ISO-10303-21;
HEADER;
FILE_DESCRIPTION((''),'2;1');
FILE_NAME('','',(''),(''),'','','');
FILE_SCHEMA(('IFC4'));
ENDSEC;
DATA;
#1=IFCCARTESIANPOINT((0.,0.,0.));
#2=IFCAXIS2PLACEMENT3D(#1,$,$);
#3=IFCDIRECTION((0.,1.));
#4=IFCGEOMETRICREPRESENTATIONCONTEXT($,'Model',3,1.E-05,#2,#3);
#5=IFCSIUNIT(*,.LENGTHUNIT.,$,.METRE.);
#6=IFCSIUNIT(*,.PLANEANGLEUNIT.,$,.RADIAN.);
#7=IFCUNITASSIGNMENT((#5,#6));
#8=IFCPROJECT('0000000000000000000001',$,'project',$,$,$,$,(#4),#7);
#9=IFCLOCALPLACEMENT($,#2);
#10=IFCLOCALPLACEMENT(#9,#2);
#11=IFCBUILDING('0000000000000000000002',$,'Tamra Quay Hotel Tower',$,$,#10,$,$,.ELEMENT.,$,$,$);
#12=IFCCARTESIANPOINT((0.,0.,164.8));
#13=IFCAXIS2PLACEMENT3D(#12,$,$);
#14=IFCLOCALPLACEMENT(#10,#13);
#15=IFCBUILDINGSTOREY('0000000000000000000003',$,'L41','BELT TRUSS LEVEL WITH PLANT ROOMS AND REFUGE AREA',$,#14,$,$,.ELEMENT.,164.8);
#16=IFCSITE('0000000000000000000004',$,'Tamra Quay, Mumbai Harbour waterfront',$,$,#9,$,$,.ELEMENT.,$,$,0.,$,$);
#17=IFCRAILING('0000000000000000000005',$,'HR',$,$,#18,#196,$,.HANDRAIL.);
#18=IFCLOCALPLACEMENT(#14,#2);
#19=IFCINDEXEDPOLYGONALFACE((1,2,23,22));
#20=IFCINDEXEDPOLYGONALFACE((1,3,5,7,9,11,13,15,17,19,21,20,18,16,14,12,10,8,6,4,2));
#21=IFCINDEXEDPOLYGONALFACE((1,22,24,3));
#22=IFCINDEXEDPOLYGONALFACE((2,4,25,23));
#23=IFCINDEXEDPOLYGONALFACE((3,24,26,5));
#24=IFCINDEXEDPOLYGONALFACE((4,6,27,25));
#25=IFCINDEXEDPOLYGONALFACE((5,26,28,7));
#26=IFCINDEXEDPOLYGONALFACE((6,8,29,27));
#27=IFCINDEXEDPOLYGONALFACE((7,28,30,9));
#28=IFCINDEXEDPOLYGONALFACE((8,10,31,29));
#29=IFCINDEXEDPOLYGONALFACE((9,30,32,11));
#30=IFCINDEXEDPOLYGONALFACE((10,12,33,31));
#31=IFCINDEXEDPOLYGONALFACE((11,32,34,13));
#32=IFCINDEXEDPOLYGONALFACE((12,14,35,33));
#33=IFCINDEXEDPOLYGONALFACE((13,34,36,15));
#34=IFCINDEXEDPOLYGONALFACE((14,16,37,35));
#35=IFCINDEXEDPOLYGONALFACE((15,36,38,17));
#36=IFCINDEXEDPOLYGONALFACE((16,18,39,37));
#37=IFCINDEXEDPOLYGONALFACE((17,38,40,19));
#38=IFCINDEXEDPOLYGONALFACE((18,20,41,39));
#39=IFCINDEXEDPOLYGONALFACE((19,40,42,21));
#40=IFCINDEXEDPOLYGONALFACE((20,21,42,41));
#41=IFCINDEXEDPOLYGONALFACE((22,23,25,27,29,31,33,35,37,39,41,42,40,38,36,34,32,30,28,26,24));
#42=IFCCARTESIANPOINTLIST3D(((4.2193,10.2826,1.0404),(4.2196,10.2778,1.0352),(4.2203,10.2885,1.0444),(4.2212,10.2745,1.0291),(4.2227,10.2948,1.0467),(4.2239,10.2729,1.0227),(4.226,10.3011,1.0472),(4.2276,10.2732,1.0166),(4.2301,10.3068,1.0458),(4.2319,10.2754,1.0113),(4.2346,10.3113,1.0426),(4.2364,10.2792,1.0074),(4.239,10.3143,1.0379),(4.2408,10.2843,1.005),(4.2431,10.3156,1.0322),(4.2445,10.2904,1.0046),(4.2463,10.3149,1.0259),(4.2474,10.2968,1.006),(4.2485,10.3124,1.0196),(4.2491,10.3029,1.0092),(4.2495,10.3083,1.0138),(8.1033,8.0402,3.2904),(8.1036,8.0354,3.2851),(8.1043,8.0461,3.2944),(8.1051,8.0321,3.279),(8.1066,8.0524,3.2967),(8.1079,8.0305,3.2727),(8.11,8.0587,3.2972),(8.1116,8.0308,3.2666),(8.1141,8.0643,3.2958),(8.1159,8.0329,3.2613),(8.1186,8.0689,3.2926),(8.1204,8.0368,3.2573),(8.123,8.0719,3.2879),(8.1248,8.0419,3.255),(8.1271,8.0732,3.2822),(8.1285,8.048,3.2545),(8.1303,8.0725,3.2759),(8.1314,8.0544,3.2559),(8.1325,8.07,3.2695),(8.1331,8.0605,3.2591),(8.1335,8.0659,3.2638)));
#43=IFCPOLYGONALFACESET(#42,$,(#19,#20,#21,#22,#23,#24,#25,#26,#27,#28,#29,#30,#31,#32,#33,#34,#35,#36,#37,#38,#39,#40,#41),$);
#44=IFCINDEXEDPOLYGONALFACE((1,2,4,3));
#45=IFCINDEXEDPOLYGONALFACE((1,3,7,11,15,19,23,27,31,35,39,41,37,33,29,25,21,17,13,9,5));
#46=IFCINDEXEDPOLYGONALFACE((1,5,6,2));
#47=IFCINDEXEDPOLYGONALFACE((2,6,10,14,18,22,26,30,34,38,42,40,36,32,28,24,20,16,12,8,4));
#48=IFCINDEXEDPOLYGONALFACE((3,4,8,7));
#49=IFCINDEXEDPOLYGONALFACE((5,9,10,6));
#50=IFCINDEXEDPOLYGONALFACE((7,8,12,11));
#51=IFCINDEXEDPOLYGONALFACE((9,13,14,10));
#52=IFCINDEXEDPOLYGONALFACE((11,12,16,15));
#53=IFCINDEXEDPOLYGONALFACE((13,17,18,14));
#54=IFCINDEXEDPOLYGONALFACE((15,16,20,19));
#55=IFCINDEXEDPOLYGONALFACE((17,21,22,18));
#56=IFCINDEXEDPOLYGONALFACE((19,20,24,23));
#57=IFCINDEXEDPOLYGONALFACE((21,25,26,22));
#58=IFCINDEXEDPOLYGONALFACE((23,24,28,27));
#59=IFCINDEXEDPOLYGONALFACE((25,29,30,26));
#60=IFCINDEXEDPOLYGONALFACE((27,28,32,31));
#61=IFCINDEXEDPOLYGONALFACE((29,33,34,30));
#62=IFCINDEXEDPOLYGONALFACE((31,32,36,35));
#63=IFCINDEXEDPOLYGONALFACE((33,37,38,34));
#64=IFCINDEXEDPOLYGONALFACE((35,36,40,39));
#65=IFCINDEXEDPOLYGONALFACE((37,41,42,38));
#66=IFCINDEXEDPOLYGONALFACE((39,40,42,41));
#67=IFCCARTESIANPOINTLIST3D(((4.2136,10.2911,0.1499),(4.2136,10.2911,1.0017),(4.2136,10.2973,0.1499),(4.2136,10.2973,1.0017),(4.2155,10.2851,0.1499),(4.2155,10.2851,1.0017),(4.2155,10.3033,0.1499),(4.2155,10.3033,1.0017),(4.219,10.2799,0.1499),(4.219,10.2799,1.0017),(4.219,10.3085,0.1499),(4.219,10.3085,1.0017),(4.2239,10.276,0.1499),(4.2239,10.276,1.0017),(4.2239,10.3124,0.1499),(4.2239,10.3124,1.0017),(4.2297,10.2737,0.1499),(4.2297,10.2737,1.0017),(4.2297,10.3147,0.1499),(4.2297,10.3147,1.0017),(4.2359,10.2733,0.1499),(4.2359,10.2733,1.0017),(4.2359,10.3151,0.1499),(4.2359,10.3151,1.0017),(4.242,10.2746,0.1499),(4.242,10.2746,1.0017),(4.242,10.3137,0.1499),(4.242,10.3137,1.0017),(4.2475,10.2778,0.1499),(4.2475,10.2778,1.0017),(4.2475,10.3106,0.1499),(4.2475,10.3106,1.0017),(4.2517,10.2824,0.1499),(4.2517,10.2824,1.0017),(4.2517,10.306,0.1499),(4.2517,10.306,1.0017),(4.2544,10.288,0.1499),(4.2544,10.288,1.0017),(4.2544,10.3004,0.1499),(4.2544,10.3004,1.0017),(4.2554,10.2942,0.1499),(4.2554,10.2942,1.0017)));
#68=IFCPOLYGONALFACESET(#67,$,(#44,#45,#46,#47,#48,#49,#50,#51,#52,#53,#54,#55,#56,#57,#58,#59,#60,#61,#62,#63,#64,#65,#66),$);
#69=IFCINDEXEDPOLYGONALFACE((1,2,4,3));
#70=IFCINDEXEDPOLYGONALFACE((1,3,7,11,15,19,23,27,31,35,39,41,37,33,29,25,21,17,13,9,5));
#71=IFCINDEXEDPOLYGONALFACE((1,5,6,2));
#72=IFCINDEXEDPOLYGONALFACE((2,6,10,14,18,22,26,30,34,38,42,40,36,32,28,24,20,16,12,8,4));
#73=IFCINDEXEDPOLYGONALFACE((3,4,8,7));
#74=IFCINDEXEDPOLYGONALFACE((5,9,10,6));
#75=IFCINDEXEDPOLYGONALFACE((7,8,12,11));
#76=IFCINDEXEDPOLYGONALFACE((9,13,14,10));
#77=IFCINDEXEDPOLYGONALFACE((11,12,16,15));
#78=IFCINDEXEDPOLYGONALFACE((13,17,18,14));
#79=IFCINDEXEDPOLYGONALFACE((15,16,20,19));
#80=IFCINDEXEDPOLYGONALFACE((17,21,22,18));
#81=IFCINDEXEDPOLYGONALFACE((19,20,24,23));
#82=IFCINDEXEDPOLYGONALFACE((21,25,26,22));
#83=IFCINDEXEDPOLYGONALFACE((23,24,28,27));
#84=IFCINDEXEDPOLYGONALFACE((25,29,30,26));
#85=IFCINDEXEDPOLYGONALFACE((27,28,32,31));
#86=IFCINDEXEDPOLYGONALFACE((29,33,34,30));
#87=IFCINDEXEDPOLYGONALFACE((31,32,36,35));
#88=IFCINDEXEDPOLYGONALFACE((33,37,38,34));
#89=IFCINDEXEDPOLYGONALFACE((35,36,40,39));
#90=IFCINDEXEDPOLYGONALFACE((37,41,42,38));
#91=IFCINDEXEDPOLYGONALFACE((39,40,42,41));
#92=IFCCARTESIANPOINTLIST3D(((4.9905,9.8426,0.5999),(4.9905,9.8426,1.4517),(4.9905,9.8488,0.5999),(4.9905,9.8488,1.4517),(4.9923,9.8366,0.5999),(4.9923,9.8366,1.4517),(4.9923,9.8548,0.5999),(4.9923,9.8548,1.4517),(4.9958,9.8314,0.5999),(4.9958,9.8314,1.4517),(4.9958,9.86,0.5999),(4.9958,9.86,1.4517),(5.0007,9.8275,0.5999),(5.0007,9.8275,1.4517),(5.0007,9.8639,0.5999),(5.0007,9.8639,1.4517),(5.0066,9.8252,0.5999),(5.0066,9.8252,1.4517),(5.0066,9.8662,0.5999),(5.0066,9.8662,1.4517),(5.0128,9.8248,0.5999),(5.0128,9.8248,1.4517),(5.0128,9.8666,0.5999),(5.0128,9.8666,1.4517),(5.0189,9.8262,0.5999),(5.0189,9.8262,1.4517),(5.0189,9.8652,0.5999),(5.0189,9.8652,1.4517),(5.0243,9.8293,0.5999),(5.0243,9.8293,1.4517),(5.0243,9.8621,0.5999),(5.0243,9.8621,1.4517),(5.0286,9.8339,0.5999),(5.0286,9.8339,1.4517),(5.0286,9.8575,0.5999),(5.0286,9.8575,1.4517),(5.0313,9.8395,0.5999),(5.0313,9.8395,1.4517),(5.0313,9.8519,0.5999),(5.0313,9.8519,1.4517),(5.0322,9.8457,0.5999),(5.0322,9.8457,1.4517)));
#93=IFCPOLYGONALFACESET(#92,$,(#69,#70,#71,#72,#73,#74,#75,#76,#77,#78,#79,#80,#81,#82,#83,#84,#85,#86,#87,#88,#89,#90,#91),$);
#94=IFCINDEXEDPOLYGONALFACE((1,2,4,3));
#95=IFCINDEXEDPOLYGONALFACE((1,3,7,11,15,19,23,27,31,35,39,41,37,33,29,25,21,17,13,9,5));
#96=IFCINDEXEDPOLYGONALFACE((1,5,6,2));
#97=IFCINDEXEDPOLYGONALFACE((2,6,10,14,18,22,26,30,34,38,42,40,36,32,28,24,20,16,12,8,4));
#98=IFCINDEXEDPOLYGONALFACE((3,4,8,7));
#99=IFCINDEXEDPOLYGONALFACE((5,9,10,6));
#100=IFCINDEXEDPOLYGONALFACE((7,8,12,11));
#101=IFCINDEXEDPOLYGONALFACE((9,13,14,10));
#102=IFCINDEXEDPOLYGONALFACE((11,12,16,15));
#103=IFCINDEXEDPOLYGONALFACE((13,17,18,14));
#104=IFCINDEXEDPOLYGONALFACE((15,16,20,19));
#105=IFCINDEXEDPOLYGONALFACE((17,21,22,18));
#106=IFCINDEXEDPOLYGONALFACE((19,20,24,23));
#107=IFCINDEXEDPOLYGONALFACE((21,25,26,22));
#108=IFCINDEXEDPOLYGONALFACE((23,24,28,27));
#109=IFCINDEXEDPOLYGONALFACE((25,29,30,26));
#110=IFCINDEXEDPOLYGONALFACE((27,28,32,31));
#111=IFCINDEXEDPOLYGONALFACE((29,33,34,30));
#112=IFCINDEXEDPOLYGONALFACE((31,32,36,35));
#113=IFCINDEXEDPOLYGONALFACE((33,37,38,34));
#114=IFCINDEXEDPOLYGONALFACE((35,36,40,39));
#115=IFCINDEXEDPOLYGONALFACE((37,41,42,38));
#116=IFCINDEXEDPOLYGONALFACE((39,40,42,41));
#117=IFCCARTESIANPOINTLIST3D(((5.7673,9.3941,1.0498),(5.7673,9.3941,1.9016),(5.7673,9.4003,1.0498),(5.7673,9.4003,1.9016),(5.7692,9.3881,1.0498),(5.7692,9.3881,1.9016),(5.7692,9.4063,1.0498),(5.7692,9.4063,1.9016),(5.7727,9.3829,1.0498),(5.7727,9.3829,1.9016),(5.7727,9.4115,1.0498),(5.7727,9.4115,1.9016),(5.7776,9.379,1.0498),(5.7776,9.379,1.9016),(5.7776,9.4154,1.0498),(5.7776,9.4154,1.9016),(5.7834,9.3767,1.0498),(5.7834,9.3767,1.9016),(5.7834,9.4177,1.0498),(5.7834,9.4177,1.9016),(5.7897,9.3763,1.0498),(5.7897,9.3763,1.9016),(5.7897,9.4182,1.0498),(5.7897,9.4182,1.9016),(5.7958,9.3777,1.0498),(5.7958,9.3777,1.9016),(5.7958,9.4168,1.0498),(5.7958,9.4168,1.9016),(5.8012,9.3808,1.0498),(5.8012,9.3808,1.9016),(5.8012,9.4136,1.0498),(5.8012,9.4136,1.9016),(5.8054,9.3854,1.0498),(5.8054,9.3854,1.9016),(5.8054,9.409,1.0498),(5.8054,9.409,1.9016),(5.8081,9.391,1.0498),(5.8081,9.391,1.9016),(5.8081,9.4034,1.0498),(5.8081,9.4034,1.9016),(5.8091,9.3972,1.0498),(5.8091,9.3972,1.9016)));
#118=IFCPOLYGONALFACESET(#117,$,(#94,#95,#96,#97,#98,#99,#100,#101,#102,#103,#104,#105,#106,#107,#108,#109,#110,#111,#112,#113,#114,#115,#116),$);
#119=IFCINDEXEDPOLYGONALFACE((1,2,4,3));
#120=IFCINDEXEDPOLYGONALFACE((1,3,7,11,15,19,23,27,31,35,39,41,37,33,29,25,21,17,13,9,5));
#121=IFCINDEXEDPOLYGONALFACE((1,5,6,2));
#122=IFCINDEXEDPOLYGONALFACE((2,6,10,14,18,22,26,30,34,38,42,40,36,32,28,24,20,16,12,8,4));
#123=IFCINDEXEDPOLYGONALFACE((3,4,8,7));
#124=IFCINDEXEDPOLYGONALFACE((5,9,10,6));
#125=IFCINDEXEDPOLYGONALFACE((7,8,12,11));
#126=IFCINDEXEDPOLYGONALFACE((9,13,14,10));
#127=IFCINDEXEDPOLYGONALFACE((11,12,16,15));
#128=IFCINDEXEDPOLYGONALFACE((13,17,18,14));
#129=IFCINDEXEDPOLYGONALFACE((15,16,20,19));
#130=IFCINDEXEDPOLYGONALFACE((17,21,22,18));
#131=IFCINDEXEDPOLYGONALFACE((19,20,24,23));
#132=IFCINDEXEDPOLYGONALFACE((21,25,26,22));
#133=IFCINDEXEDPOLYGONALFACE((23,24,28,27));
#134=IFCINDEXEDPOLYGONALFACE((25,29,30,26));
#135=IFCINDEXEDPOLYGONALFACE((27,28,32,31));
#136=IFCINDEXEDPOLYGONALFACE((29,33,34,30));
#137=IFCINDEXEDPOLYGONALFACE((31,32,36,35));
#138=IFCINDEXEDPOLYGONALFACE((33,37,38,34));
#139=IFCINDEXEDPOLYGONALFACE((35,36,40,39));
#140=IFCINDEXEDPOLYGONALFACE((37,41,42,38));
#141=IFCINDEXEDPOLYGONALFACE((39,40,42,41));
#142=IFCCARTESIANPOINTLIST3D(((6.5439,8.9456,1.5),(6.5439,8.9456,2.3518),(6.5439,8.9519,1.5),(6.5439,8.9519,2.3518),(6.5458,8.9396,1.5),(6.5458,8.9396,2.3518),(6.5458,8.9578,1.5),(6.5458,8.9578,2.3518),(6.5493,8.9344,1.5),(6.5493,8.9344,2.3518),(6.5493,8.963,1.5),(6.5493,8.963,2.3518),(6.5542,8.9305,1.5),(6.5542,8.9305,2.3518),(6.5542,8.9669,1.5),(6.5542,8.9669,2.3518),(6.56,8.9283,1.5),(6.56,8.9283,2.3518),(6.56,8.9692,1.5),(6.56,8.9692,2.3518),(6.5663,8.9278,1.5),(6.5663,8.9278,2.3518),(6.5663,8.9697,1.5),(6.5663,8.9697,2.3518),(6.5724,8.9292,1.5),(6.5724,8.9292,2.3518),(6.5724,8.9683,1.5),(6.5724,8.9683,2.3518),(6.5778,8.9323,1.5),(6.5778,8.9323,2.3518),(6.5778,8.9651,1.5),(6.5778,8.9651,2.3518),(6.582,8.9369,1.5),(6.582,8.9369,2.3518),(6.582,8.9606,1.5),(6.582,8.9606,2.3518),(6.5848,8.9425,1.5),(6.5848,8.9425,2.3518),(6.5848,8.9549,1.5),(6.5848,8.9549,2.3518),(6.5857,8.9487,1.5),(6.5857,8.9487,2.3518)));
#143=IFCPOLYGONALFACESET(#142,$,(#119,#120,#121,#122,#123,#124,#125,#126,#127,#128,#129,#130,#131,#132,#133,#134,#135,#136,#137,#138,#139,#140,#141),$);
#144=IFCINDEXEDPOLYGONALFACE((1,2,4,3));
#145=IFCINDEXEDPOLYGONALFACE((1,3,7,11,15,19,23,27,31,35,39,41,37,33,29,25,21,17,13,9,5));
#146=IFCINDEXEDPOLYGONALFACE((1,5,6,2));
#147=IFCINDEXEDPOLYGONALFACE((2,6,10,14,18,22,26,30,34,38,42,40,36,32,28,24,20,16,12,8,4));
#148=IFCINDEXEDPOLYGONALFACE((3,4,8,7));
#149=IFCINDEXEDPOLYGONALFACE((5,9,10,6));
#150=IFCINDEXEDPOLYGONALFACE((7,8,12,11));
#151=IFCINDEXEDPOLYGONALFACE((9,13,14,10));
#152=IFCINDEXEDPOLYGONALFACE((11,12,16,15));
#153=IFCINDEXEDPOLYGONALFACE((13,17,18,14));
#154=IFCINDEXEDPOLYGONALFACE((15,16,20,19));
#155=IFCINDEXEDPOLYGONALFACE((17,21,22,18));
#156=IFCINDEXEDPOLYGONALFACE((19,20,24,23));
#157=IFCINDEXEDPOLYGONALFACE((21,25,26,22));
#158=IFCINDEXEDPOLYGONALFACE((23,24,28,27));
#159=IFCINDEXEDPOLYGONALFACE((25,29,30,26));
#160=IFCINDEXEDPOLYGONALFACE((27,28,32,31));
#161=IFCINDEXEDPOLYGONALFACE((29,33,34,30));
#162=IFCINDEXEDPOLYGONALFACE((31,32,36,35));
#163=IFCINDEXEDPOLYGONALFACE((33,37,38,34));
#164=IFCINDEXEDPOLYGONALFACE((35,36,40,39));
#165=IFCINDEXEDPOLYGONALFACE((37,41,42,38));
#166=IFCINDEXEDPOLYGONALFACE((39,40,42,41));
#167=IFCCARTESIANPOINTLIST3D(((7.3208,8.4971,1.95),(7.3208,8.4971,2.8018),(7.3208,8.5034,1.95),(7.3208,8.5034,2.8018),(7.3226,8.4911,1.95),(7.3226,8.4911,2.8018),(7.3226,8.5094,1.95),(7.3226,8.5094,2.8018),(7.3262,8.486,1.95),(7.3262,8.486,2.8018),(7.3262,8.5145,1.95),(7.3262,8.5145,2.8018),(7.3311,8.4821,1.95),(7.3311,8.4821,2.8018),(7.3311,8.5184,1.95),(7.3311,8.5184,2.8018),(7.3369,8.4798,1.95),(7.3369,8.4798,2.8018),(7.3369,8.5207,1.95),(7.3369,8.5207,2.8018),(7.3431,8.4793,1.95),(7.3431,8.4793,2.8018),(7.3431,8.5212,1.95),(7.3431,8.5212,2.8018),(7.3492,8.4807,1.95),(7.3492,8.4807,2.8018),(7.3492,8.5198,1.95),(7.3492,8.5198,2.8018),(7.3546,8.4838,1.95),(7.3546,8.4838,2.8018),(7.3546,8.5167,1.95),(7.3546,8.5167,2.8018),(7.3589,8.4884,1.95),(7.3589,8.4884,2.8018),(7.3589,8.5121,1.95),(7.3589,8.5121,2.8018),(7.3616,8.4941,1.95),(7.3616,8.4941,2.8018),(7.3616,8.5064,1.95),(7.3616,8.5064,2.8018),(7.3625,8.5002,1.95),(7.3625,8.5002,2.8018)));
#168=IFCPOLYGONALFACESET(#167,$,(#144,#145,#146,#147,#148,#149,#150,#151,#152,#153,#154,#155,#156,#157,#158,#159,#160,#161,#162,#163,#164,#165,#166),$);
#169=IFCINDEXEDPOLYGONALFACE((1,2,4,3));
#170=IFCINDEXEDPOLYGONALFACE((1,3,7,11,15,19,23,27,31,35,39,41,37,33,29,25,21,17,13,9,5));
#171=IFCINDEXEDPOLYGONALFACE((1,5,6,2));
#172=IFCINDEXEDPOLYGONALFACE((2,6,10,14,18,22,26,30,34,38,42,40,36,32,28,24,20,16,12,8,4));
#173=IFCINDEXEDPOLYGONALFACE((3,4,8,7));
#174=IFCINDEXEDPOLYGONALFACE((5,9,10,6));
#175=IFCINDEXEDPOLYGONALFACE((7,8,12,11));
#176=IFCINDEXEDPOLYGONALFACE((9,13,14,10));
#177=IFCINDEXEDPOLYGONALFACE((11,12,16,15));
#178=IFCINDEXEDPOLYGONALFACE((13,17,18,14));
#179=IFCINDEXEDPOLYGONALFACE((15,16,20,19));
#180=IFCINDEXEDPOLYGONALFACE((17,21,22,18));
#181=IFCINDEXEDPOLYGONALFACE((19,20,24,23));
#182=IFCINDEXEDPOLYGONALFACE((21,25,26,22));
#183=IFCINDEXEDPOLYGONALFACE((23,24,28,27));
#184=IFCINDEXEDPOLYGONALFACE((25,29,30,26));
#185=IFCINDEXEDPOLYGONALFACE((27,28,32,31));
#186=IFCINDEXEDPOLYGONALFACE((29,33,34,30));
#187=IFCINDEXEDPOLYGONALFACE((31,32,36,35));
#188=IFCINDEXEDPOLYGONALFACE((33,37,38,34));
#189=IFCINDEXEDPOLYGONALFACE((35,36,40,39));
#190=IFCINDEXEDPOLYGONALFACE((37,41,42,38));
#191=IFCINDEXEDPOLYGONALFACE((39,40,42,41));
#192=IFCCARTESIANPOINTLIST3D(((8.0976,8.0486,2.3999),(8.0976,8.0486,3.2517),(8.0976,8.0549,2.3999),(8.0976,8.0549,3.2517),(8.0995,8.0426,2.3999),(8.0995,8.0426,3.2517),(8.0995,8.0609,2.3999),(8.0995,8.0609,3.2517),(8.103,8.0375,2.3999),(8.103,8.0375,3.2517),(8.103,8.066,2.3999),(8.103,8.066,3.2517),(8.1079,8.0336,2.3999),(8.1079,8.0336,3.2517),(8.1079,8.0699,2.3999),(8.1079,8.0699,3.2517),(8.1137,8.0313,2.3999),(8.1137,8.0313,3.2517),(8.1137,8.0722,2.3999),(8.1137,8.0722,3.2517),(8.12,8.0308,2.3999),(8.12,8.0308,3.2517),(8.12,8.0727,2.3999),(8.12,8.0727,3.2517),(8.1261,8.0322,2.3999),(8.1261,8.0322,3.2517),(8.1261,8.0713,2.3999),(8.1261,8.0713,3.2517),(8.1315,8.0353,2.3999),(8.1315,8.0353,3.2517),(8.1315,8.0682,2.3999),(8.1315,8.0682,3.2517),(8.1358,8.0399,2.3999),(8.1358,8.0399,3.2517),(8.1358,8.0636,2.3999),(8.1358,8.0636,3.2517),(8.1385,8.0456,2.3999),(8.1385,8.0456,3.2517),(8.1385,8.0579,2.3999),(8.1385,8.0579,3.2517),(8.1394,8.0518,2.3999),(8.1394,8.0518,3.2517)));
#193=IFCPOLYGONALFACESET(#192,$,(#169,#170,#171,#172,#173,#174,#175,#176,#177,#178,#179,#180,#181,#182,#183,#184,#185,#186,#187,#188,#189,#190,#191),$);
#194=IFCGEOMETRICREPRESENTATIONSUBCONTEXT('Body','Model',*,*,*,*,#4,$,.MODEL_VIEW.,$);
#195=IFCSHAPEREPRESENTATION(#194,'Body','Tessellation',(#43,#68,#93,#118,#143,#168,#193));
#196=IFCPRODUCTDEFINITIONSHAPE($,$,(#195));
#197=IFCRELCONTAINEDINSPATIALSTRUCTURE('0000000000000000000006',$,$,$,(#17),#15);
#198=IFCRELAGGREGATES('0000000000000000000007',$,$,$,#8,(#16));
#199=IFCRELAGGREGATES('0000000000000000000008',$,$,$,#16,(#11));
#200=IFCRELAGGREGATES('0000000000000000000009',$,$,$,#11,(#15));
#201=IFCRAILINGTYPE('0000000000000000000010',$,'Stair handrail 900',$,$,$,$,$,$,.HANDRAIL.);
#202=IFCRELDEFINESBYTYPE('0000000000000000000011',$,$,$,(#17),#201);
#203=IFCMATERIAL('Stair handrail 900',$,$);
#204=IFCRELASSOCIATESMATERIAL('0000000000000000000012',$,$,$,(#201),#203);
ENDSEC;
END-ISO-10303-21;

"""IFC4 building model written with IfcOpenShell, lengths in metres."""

from ifc_helpers import new_model, si_unit, direction, frame, origin, origin_2d, place, context, subcontext, project, spatial, circle, extrude, material, type_object, element, save


model = new_model("IFC4")

# Units and contexts
model_context = context("Model", 3, precision=1e-05, world=origin(), true_north=direction((0.0, 1.0)))
body_context = subcontext(model_context, "Body", "Model", "MODEL_VIEW")
ifc_project = project(units=[si_unit("LENGTHUNIT", "METRE"), si_unit("PLANEANGLEUNIT", "RADIAN")], contexts=[model_context])

# Site, building, storey
site_placement = place(None, origin())
site = spatial("IfcSite", under=ifc_project, at=site_placement, Name="Tamra Quay, Mumbai Harbour waterfront", CompositionType="ELEMENT", RefElevation=0.0)
building_placement = place(site_placement, origin())
building = spatial("IfcBuilding", under=site, at=building_placement, Name="Tamra Quay Hotel Tower", CompositionType="ELEMENT")
storey_placement = place(building_placement, frame((0.0, 0.0, 164.8)))
storey = spatial("IfcBuildingStorey", under=building, at=storey_placement, Name="L41", Description="BELT TRUSS LEVEL WITH PLANT ROOMS AND REFUGE AREA", CompositionType="ELEMENT", Elevation=164.8)

# Railing
ifc_material_1 = material(Name="Stair handrail 900")
railing_type = type_object("IfcRailingType", Name="Stair handrail 900", PredefinedType="HANDRAIL", material=ifc_material_1)
railing_placement = place(storey_placement, frame((4.2344, 10.2942, 0.1499)))
element("IfcRailing", 1, at=railing_placement, inside=storey, type_object=railing_type, Name="HR", PredefinedType="HANDRAIL", context=body_context, shape_type="SweptSolid", body=[
    extrude(circle(Radius=0.0239, at=origin_2d()), frame((0.0, 0.0, 0.876), z_axis=(0.774076, -0.44691, 0.448418), x_axis=(0.499997, 0.866027, 0.0)), (0.0, 0.0, 1.0), 5.0176),
    extrude(circle(Radius=0.021, at=origin_2d()), origin(), (0.0, 0.0, 1.0), 0.8518),
    extrude(circle(Radius=0.021, at=origin_2d()), frame((0.7769, -0.4485, 0.45)), (0.0, 0.0, 1.0), 0.8518),
    extrude(circle(Radius=0.021, at=origin_2d()), frame((1.5537, -0.897, 0.8999)), (0.0, 0.0, 1.0), 0.8518),
    extrude(circle(Radius=0.021, at=origin_2d()), frame((2.3303, -1.3455, 1.3501)), (0.0, 0.0, 1.0), 0.8518),
    extrude(circle(Radius=0.021, at=origin_2d()), frame((3.1072, -1.7939, 1.8)), (0.0, 0.0, 1.0), 0.8518),
    extrude(circle(Radius=0.021, at=origin_2d()), frame((3.884, -2.2424, 2.25)), (0.0, 0.0, 1.0), 0.8518),
])

save(model, "model.ifc")
